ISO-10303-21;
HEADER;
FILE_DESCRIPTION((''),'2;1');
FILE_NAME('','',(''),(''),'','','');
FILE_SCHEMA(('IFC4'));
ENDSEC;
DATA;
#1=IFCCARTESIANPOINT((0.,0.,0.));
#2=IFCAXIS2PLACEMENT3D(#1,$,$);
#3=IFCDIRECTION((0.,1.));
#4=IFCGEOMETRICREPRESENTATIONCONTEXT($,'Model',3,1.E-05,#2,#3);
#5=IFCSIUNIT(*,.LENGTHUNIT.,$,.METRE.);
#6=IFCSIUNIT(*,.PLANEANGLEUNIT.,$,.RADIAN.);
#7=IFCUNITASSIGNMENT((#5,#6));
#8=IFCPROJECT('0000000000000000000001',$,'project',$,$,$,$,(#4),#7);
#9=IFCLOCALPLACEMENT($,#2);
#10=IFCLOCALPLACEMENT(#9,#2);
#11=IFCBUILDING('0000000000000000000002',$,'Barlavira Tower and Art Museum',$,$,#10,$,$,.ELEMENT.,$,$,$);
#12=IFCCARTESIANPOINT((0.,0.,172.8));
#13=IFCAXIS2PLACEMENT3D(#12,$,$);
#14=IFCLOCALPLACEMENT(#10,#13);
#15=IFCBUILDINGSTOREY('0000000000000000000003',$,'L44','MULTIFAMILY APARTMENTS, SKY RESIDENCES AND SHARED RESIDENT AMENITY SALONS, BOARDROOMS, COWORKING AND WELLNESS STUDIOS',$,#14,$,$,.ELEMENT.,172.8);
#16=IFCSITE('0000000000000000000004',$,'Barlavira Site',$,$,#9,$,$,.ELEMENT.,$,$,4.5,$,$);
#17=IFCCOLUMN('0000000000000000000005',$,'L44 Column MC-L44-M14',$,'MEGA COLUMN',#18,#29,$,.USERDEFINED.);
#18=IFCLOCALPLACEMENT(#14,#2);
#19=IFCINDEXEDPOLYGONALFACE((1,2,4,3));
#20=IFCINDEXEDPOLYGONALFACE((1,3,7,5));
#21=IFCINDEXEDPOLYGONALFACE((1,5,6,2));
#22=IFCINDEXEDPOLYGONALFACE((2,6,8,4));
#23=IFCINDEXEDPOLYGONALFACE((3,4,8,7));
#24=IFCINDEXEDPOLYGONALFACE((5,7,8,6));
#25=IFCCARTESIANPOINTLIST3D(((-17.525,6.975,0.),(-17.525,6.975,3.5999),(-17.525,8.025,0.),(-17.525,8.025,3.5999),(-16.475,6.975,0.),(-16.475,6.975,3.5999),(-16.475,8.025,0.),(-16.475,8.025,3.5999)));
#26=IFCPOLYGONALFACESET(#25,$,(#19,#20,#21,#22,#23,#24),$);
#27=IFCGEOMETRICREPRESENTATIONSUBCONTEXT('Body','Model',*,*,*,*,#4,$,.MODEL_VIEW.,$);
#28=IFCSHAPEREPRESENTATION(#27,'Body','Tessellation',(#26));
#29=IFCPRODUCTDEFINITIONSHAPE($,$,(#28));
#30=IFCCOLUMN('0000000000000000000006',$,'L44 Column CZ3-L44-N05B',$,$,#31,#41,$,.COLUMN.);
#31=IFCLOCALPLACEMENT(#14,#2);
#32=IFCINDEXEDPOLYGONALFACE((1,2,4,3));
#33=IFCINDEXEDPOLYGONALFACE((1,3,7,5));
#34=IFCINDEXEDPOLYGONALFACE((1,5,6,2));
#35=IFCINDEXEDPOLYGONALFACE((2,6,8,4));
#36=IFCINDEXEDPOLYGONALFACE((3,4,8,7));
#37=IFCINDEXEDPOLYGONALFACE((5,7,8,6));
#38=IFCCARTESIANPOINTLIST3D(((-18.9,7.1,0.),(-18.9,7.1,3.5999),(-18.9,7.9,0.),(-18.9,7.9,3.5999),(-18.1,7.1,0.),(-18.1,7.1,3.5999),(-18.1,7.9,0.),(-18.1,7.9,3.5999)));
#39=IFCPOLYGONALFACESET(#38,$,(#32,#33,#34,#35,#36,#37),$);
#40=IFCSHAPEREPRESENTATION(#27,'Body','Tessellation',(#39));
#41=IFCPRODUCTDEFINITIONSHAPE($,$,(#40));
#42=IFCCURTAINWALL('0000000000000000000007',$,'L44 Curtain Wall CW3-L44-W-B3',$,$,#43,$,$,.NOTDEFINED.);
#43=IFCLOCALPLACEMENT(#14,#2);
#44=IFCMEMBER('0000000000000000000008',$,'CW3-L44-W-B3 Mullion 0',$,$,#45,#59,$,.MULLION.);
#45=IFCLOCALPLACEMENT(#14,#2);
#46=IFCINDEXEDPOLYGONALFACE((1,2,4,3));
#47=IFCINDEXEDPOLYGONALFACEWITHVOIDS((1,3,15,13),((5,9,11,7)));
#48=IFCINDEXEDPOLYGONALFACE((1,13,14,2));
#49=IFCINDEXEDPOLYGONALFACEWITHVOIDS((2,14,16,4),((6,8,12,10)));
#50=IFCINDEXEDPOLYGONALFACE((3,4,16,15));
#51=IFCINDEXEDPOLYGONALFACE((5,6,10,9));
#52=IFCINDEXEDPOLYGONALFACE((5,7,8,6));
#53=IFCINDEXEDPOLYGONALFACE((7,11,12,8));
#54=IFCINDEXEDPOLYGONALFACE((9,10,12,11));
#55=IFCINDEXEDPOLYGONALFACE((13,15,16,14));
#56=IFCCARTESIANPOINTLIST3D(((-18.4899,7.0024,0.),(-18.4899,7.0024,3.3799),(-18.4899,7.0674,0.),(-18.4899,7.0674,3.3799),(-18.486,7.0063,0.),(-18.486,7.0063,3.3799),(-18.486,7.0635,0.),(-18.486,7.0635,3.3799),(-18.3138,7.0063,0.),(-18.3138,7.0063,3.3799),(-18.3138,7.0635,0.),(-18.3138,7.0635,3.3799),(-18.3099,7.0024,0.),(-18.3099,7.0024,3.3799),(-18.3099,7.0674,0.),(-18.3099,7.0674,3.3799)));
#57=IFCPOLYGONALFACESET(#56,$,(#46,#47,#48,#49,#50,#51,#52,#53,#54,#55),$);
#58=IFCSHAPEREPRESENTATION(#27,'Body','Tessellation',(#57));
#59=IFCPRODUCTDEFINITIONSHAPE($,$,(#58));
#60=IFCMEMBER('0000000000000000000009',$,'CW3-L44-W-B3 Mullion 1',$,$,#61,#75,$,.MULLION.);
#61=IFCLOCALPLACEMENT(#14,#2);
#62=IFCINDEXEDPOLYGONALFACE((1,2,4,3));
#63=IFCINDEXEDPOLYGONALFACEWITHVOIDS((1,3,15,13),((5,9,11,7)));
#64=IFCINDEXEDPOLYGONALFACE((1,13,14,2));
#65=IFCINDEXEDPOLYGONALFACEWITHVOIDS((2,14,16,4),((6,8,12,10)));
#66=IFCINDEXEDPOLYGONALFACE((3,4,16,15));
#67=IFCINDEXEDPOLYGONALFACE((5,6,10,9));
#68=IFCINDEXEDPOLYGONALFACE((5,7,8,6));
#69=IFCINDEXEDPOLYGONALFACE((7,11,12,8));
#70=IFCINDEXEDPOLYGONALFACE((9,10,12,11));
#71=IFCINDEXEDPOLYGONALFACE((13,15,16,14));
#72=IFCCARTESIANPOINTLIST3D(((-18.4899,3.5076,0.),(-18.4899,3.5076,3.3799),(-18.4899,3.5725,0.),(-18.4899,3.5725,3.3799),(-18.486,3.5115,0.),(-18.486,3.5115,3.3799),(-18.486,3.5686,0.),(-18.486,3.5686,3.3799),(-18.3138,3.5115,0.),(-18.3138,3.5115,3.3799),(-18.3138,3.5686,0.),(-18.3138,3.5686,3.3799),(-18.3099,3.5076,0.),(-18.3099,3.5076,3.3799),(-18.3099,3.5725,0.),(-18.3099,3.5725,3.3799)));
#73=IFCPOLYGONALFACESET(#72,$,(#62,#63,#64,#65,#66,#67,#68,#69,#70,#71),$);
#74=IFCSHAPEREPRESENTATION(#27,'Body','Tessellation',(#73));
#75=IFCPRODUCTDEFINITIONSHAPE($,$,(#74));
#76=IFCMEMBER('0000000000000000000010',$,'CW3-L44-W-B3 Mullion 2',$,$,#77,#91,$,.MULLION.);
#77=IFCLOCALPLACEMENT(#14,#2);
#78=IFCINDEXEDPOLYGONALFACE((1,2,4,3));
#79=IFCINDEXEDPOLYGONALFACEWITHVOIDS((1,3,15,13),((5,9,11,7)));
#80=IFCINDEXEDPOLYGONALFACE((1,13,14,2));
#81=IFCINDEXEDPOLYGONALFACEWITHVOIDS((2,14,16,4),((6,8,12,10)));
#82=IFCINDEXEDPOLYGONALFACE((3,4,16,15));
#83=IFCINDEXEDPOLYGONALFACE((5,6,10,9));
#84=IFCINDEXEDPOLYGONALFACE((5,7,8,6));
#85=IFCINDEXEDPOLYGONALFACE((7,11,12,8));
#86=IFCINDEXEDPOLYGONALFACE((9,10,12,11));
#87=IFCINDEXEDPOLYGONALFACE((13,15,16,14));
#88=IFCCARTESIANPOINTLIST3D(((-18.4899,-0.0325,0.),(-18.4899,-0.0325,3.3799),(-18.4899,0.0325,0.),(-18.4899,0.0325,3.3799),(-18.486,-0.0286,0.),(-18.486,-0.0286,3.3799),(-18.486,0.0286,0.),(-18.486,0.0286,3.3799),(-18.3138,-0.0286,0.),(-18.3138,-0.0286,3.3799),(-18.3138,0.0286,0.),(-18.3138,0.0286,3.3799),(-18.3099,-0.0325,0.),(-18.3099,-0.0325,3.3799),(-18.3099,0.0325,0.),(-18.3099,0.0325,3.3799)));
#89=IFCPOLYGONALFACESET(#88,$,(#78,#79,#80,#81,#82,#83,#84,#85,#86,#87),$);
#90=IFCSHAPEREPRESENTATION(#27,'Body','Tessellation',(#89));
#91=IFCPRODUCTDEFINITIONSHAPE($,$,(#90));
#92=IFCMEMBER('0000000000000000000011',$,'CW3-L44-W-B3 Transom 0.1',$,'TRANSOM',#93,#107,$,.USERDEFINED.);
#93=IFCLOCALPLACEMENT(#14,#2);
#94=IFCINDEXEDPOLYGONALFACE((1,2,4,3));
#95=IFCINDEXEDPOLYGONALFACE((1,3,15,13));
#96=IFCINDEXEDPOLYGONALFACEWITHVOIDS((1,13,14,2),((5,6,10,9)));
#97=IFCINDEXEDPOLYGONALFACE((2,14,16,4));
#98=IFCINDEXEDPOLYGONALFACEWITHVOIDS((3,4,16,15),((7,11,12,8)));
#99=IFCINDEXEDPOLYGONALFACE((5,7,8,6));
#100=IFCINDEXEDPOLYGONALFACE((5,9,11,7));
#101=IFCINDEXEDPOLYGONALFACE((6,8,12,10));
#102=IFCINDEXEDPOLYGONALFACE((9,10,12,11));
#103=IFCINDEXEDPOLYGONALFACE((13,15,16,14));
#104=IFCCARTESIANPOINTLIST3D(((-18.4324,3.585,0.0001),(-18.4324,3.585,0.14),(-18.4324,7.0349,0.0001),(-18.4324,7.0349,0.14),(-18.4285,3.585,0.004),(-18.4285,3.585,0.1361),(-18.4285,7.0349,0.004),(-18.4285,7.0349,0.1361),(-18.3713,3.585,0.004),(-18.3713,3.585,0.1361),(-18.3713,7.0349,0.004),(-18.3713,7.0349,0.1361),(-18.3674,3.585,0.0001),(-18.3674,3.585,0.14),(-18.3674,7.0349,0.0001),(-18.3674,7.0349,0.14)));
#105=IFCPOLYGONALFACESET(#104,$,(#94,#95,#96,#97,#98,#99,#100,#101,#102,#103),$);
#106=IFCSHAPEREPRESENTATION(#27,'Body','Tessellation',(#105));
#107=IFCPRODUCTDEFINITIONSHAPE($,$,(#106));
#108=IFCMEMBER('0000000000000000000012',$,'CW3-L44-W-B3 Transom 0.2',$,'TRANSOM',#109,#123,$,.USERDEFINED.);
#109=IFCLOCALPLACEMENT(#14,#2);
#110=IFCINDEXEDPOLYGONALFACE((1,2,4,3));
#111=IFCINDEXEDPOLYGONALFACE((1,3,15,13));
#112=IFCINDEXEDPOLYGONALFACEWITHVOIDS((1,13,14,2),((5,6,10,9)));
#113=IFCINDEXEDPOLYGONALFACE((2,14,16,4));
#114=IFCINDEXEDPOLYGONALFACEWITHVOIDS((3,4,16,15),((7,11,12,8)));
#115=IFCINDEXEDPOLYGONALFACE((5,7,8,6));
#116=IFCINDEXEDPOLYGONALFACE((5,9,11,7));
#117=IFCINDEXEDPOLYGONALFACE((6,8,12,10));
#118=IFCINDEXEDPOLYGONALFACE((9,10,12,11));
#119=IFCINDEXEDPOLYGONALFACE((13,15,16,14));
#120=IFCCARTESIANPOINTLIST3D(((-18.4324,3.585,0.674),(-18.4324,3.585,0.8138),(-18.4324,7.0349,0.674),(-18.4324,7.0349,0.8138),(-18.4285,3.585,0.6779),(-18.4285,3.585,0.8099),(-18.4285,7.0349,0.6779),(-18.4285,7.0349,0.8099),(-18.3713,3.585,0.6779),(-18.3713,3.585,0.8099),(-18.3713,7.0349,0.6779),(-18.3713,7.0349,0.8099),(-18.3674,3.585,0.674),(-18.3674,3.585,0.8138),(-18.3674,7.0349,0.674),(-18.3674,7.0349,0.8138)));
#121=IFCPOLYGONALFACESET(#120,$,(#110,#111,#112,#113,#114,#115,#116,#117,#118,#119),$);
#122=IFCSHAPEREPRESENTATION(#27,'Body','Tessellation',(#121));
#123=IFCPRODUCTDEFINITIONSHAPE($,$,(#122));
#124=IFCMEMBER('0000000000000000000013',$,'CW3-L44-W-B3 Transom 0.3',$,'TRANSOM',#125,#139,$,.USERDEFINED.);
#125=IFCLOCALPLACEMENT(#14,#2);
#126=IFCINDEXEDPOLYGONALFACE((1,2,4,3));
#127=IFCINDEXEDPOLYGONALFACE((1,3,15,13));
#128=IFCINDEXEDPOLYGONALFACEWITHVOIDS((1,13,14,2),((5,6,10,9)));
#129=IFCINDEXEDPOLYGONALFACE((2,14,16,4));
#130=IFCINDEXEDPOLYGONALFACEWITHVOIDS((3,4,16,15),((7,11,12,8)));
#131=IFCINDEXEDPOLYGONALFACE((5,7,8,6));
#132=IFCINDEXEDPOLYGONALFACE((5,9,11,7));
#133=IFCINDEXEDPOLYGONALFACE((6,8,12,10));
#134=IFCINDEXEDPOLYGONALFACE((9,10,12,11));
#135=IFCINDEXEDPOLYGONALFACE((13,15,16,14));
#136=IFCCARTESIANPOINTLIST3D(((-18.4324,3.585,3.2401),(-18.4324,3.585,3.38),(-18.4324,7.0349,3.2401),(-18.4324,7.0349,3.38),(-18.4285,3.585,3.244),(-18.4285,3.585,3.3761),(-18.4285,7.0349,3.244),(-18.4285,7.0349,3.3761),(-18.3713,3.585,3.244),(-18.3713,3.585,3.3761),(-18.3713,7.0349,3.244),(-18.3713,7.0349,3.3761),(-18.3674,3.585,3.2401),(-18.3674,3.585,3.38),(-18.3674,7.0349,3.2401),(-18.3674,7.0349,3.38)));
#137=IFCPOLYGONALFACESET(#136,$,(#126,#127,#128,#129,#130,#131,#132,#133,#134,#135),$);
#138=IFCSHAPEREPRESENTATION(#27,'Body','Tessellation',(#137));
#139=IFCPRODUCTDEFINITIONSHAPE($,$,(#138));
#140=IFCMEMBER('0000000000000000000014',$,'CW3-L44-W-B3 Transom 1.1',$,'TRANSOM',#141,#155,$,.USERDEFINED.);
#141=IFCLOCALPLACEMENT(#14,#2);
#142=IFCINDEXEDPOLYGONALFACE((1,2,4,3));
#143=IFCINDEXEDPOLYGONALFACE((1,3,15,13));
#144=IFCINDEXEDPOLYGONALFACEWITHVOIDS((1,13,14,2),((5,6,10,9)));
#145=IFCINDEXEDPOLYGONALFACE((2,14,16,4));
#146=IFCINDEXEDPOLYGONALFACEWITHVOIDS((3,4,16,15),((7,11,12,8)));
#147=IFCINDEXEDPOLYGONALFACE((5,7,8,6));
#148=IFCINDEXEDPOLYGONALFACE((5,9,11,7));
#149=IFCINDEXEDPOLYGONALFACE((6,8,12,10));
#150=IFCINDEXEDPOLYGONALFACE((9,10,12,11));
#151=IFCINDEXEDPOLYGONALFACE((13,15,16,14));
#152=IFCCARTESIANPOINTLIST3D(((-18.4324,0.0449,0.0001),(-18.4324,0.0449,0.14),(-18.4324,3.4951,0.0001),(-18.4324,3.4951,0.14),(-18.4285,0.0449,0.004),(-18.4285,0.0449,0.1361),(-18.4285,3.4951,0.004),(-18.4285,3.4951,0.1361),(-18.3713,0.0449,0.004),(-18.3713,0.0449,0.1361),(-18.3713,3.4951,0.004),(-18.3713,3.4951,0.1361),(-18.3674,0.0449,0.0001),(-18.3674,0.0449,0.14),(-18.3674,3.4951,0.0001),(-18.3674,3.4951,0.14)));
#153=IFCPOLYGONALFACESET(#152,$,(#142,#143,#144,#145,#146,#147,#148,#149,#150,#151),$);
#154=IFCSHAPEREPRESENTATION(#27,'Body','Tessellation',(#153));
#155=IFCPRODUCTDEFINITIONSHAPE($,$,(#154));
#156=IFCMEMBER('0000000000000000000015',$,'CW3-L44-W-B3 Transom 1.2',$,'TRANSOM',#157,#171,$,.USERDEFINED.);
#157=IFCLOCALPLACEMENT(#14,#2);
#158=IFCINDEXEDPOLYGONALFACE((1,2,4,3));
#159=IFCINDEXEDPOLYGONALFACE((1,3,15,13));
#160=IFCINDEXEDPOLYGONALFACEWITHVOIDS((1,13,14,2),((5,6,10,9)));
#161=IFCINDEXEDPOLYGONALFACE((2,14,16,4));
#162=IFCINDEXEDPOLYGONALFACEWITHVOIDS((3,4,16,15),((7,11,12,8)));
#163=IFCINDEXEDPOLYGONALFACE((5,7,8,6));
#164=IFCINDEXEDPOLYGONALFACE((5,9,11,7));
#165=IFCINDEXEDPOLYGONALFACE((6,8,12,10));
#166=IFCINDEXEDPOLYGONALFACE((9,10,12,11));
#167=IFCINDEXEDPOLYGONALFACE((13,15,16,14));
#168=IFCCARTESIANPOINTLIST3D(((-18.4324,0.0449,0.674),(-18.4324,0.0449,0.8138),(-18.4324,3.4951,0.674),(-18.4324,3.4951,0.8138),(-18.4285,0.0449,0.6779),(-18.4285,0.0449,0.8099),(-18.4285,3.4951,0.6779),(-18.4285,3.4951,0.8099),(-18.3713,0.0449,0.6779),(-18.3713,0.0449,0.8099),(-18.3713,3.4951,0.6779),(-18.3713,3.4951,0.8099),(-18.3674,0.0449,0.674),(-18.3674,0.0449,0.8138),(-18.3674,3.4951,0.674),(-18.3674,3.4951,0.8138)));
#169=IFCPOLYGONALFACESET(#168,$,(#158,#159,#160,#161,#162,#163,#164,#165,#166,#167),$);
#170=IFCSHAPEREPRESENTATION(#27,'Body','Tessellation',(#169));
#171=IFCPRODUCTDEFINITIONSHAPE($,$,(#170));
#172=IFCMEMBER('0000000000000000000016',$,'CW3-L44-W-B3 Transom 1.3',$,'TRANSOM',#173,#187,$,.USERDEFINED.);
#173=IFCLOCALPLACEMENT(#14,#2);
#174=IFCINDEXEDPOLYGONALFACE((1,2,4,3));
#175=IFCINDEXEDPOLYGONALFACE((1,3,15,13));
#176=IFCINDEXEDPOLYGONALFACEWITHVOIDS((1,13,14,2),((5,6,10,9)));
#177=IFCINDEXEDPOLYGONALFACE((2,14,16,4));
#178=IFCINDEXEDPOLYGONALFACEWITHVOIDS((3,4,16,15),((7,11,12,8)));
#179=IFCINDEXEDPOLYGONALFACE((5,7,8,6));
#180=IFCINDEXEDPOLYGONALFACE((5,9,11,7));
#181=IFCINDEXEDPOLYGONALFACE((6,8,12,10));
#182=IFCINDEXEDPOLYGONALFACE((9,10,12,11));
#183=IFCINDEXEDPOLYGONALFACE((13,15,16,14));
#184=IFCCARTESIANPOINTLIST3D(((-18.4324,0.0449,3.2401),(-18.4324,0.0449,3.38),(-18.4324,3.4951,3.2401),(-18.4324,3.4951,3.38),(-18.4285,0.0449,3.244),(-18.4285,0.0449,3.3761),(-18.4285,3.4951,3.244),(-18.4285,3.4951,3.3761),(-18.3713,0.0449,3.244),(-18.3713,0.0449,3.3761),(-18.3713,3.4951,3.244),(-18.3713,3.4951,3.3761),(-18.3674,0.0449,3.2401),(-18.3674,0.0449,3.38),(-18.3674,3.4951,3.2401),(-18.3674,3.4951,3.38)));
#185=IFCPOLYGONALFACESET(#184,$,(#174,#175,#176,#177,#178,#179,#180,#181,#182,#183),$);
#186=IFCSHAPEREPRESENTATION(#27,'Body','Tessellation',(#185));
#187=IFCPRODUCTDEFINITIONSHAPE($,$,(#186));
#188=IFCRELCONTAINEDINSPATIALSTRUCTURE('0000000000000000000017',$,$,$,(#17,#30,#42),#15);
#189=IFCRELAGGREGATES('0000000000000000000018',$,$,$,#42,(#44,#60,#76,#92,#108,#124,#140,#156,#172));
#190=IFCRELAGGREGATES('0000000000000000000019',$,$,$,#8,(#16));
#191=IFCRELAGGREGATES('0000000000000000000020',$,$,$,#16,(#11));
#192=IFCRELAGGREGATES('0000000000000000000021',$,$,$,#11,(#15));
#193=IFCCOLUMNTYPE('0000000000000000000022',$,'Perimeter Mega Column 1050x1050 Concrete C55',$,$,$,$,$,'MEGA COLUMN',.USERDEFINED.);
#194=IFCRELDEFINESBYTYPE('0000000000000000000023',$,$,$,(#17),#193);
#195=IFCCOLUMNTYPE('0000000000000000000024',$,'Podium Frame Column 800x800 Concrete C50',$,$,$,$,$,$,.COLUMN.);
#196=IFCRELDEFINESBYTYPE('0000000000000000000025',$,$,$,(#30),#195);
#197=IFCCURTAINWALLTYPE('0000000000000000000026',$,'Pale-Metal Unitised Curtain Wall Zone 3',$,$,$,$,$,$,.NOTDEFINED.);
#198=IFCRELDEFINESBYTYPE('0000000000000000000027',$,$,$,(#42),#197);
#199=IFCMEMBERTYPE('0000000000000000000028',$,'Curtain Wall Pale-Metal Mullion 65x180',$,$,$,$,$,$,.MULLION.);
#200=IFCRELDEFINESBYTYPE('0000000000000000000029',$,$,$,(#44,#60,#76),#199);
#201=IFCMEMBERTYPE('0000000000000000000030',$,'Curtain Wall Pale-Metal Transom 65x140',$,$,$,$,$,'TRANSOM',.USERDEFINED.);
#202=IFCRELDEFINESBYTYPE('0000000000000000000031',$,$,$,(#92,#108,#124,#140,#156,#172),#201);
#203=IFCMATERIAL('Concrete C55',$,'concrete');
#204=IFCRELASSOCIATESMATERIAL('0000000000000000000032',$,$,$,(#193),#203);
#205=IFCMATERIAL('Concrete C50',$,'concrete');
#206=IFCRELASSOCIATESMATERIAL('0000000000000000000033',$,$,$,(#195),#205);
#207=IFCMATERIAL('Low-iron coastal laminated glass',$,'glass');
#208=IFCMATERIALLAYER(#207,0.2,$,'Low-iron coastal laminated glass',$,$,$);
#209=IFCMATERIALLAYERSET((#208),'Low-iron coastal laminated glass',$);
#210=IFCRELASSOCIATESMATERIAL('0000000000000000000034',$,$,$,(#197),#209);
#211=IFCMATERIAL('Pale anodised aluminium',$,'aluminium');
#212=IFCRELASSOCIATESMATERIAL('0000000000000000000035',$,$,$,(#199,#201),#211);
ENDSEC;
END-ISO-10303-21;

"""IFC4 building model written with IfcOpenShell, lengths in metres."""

from ifc_helpers import new_model, si_unit, direction, frame, origin, origin_2d, place, context, subcontext, project, spatial, rectangle, hollow_rectangle, extrude, material, layer, layer_set, material_profile, profile_set, type_object, element, aggregate, save


model = new_model("IFC4")

# Units and contexts
model_context = context("Model", 3, precision=1e-05, world=origin(), true_north=direction((0.0, 1.0)))
body_context = subcontext(model_context, "Body", "Model", "MODEL_VIEW")
ifc_project = project(units=[si_unit("LENGTHUNIT", "METRE"), si_unit("PLANEANGLEUNIT", "RADIAN")], contexts=[model_context])

# Site, building, storey
site_placement = place(None, origin())
site = spatial("IfcSite", under=ifc_project, at=site_placement, Name="Barlavira Site", CompositionType="ELEMENT", RefElevation=4.5)
building_placement = place(site_placement, origin())
building = spatial("IfcBuilding", under=site, at=building_placement, Name="Barlavira Tower and Art Museum", CompositionType="ELEMENT")
storey_placement = place(building_placement, frame((0.0, 0.0, 172.8)))
storey = spatial("IfcBuildingStorey", under=building, at=storey_placement, Name="L44", Description="MULTIFAMILY APARTMENTS, SKY RESIDENCES AND SHARED RESIDENT AMENITY SALONS, BOARDROOMS, COWORKING AND WELLNESS STUDIOS", CompositionType="ELEMENT", Elevation=172.8)

# Columns
ifc_material_1 = material(Name="Concrete C55", Category="concrete")
ifc_material_profile_1 = material_profile(ifc_material_1, rectangle(XDim=1.05, YDim=1.05, at=origin_2d()), Name="RC-COL 1050x1050")
ifc_profile_set_1 = profile_set([ifc_material_profile_1], Name="Concrete C55")
column_type_1 = type_object("IfcColumnType", Name="Perimeter Mega Column 1050x1050 Concrete C55", ElementType="MEGA COLUMN", PredefinedType="USERDEFINED", material=ifc_profile_set_1)
column_1_placement = place(storey_placement, frame((-17.0, 7.5, 0.0), z_axis=(0.0, 0.0, 1.0), x_axis=(1.0, 0.0, 0.0)))
element("IfcColumn", 1, at=column_1_placement, inside=storey, type_object=column_type_1, Name="L44 Column MC-L44-M14", ObjectType="MEGA COLUMN", PredefinedType="USERDEFINED", context=body_context, shape_type="SweptSolid", body=[
    extrude(rectangle(XDim=1.05, YDim=1.05, at=origin_2d()), origin(), (0.0, 0.0, 1.0), 3.5999),
])
ifc_material_2 = material(Name="Concrete C50", Category="concrete")
ifc_material_profile_2 = material_profile(ifc_material_2, rectangle(XDim=0.8, YDim=0.8, at=origin_2d()), Name="RC-COL 800x800")
ifc_profile_set_2 = profile_set([ifc_material_profile_2], Name="Concrete C50")
column_type_2 = type_object("IfcColumnType", Name="Podium Frame Column 800x800 Concrete C50", PredefinedType="COLUMN", material=ifc_profile_set_2)
column_2_placement = place(storey_placement, frame((-18.5, 7.5, 0.0), z_axis=(0.0, 0.0, 1.0), x_axis=(1.0, 0.0, 0.0)))
element("IfcColumn", 2, at=column_2_placement, inside=storey, type_object=column_type_2, Name="L44 Column CZ3-L44-N05B", PredefinedType="COLUMN", context=body_context, shape_type="SweptSolid", body=[
    extrude(rectangle(XDim=0.8, YDim=0.8, at=origin_2d()), origin(), (0.0, 0.0, 1.0), 3.5999),
])

# Curtain wall, members
ifc_material_3 = material(Name="Low-iron coastal laminated glass", Category="glass")
ifc_layer_1 = layer(ifc_material_3, 0.2, Name="Low-iron coastal laminated glass")
ifc_layer_set_1 = layer_set([ifc_layer_1], Name="Low-iron coastal laminated glass")
curtain_wall_type = type_object("IfcCurtainWallType", Name="Pale-Metal Unitised Curtain Wall Zone 3", PredefinedType="NOTDEFINED", material=ifc_layer_set_1)
curtain_wall_placement = place(storey_placement, origin())
curtain_wall = element("IfcCurtainWall", 3, at=curtain_wall_placement, inside=storey, type_object=curtain_wall_type, Name="L44 Curtain Wall CW3-L44-W-B3", PredefinedType="NOTDEFINED")
ifc_material_4 = material(Name="Pale anodised aluminium", Category="aluminium")
ifc_material_profile_3 = material_profile(ifc_material_4, hollow_rectangle(XDim=0.0649, YDim=0.1799, WallThickness=0.0039, at=origin_2d()), Name="ALU-MULL 65x180x4")
ifc_profile_set_3 = profile_set([ifc_material_profile_3], Name="Pale anodised aluminium")
member_type_1 = type_object("IfcMemberType", Name="Curtain Wall Pale-Metal Mullion 65x180", PredefinedType="MULLION", material=ifc_profile_set_3)
member_1_placement = place(storey_placement, frame((-18.3999, 7.0349, 0.0), z_axis=(0.0, 0.0, 1.0), x_axis=(0.0, -1.0, 0.0)))
member_1 = element("IfcMember", 4, at=member_1_placement, type_object=member_type_1, Name="CW3-L44-W-B3 Mullion 0", PredefinedType="MULLION", context=body_context, shape_type="SweptSolid", body=[
    extrude(hollow_rectangle(XDim=0.0649, YDim=0.1799, WallThickness=0.0039, at=origin_2d()), origin(), (0.0, 0.0, 1.0), 3.3799),
])
member_2_placement = place(storey_placement, frame((-18.3999, 3.54, 0.0), z_axis=(0.0, 0.0, 1.0), x_axis=(0.0, -1.0, 0.0)))
member_2 = element("IfcMember", 5, at=member_2_placement, type_object=member_type_1, Name="CW3-L44-W-B3 Mullion 1", PredefinedType="MULLION", context=body_context, shape_type="SweptSolid", body=[
    extrude(hollow_rectangle(XDim=0.0649, YDim=0.1799, WallThickness=0.0039, at=origin_2d()), origin(), (0.0, 0.0, 1.0), 3.3799),
])
member_3_placement = place(storey_placement, frame((-18.3999, 0.0, 0.0), z_axis=(0.0, 0.0, 1.0), x_axis=(0.0, -1.0, 0.0)))
member_3 = element("IfcMember", 6, at=member_3_placement, type_object=member_type_1, Name="CW3-L44-W-B3 Mullion 2", PredefinedType="MULLION", context=body_context, shape_type="SweptSolid", body=[
    extrude(hollow_rectangle(XDim=0.0649, YDim=0.1799, WallThickness=0.0039, at=origin_2d()), origin(), (0.0, 0.0, 1.0), 3.3799),
])
ifc_material_profile_4 = material_profile(ifc_material_4, hollow_rectangle(XDim=0.0649, YDim=0.1399, WallThickness=0.0039, at=origin_2d()), Name="ALU-TRAN 65x140x4")
ifc_profile_set_4 = profile_set([ifc_material_profile_4], Name="Pale anodised aluminium")
member_type_2 = type_object("IfcMemberType", Name="Curtain Wall Pale-Metal Transom 65x140", ElementType="TRANSOM", PredefinedType="USERDEFINED", material=ifc_profile_set_4)
member_4_placement = place(storey_placement, frame((-18.3999, 7.0349, 0.0701), z_axis=(0.0, -1.0, 0.0), x_axis=(1.0, 0.0, 0.0)))
member_4 = element("IfcMember", 7, at=member_4_placement, type_object=member_type_2, Name="CW3-L44-W-B3 Transom 0.1", ObjectType="TRANSOM", PredefinedType="USERDEFINED", context=body_context, shape_type="SweptSolid", body=[
    extrude(hollow_rectangle(XDim=0.0649, YDim=0.1399, WallThickness=0.0039, at=origin_2d()), origin(), (0.0, 0.0, 1.0), 3.45),
])
member_5_placement = place(storey_placement, frame((-18.3999, 7.0349, 0.7439), z_axis=(0.0, -1.0, 0.0), x_axis=(1.0, 0.0, 0.0)))
member_5 = element("IfcMember", 8, at=member_5_placement, type_object=member_type_2, Name="CW3-L44-W-B3 Transom 0.2", ObjectType="TRANSOM", PredefinedType="USERDEFINED", context=body_context, shape_type="SweptSolid", body=[
    extrude(hollow_rectangle(XDim=0.0649, YDim=0.1399, WallThickness=0.0039, at=origin_2d()), origin(), (0.0, 0.0, 1.0), 3.45),
])
member_6_placement = place(storey_placement, frame((-18.3999, 7.0349, 3.3101), z_axis=(0.0, -1.0, 0.0), x_axis=(1.0, 0.0, 0.0)))
member_6 = element("IfcMember", 9, at=member_6_placement, type_object=member_type_2, Name="CW3-L44-W-B3 Transom 0.3", ObjectType="TRANSOM", PredefinedType="USERDEFINED", context=body_context, shape_type="SweptSolid", body=[
    extrude(hollow_rectangle(XDim=0.0649, YDim=0.1399, WallThickness=0.0039, at=origin_2d()), origin(), (0.0, 0.0, 1.0), 3.45),
])
member_7_placement = place(storey_placement, frame((-18.3999, 3.4951, 0.0701), z_axis=(0.0, -1.0, 0.0), x_axis=(1.0, 0.0, 0.0)))
member_7 = element("IfcMember", 10, at=member_7_placement, type_object=member_type_2, Name="CW3-L44-W-B3 Transom 1.1", ObjectType="TRANSOM", PredefinedType="USERDEFINED", context=body_context, shape_type="SweptSolid", body=[
    extrude(hollow_rectangle(XDim=0.0649, YDim=0.1399, WallThickness=0.0039, at=origin_2d()), origin(), (0.0, 0.0, 1.0), 3.4502),
])
member_8_placement = place(storey_placement, frame((-18.3999, 3.4951, 0.7439), z_axis=(0.0, -1.0, 0.0), x_axis=(1.0, 0.0, 0.0)))
member_8 = element("IfcMember", 11, at=member_8_placement, type_object=member_type_2, Name="CW3-L44-W-B3 Transom 1.2", ObjectType="TRANSOM", PredefinedType="USERDEFINED", context=body_context, shape_type="SweptSolid", body=[
    extrude(hollow_rectangle(XDim=0.0649, YDim=0.1399, WallThickness=0.0039, at=origin_2d()), origin(), (0.0, 0.0, 1.0), 3.4502),
])
member_9_placement = place(storey_placement, frame((-18.3999, 3.4951, 3.3101), z_axis=(0.0, -1.0, 0.0), x_axis=(1.0, 0.0, 0.0)))
member_9 = element("IfcMember", 12, at=member_9_placement, type_object=member_type_2, Name="CW3-L44-W-B3 Transom 1.3", ObjectType="TRANSOM", PredefinedType="USERDEFINED", context=body_context, shape_type="SweptSolid", body=[
    extrude(hollow_rectangle(XDim=0.0649, YDim=0.1399, WallThickness=0.0039, at=origin_2d()), origin(), (0.0, 0.0, 1.0), 3.4502),
])

aggregate(curtain_wall, [member_1, member_2, member_3, member_4, member_5, member_6, member_7, member_8, member_9])

save(model, "model.ifc")
